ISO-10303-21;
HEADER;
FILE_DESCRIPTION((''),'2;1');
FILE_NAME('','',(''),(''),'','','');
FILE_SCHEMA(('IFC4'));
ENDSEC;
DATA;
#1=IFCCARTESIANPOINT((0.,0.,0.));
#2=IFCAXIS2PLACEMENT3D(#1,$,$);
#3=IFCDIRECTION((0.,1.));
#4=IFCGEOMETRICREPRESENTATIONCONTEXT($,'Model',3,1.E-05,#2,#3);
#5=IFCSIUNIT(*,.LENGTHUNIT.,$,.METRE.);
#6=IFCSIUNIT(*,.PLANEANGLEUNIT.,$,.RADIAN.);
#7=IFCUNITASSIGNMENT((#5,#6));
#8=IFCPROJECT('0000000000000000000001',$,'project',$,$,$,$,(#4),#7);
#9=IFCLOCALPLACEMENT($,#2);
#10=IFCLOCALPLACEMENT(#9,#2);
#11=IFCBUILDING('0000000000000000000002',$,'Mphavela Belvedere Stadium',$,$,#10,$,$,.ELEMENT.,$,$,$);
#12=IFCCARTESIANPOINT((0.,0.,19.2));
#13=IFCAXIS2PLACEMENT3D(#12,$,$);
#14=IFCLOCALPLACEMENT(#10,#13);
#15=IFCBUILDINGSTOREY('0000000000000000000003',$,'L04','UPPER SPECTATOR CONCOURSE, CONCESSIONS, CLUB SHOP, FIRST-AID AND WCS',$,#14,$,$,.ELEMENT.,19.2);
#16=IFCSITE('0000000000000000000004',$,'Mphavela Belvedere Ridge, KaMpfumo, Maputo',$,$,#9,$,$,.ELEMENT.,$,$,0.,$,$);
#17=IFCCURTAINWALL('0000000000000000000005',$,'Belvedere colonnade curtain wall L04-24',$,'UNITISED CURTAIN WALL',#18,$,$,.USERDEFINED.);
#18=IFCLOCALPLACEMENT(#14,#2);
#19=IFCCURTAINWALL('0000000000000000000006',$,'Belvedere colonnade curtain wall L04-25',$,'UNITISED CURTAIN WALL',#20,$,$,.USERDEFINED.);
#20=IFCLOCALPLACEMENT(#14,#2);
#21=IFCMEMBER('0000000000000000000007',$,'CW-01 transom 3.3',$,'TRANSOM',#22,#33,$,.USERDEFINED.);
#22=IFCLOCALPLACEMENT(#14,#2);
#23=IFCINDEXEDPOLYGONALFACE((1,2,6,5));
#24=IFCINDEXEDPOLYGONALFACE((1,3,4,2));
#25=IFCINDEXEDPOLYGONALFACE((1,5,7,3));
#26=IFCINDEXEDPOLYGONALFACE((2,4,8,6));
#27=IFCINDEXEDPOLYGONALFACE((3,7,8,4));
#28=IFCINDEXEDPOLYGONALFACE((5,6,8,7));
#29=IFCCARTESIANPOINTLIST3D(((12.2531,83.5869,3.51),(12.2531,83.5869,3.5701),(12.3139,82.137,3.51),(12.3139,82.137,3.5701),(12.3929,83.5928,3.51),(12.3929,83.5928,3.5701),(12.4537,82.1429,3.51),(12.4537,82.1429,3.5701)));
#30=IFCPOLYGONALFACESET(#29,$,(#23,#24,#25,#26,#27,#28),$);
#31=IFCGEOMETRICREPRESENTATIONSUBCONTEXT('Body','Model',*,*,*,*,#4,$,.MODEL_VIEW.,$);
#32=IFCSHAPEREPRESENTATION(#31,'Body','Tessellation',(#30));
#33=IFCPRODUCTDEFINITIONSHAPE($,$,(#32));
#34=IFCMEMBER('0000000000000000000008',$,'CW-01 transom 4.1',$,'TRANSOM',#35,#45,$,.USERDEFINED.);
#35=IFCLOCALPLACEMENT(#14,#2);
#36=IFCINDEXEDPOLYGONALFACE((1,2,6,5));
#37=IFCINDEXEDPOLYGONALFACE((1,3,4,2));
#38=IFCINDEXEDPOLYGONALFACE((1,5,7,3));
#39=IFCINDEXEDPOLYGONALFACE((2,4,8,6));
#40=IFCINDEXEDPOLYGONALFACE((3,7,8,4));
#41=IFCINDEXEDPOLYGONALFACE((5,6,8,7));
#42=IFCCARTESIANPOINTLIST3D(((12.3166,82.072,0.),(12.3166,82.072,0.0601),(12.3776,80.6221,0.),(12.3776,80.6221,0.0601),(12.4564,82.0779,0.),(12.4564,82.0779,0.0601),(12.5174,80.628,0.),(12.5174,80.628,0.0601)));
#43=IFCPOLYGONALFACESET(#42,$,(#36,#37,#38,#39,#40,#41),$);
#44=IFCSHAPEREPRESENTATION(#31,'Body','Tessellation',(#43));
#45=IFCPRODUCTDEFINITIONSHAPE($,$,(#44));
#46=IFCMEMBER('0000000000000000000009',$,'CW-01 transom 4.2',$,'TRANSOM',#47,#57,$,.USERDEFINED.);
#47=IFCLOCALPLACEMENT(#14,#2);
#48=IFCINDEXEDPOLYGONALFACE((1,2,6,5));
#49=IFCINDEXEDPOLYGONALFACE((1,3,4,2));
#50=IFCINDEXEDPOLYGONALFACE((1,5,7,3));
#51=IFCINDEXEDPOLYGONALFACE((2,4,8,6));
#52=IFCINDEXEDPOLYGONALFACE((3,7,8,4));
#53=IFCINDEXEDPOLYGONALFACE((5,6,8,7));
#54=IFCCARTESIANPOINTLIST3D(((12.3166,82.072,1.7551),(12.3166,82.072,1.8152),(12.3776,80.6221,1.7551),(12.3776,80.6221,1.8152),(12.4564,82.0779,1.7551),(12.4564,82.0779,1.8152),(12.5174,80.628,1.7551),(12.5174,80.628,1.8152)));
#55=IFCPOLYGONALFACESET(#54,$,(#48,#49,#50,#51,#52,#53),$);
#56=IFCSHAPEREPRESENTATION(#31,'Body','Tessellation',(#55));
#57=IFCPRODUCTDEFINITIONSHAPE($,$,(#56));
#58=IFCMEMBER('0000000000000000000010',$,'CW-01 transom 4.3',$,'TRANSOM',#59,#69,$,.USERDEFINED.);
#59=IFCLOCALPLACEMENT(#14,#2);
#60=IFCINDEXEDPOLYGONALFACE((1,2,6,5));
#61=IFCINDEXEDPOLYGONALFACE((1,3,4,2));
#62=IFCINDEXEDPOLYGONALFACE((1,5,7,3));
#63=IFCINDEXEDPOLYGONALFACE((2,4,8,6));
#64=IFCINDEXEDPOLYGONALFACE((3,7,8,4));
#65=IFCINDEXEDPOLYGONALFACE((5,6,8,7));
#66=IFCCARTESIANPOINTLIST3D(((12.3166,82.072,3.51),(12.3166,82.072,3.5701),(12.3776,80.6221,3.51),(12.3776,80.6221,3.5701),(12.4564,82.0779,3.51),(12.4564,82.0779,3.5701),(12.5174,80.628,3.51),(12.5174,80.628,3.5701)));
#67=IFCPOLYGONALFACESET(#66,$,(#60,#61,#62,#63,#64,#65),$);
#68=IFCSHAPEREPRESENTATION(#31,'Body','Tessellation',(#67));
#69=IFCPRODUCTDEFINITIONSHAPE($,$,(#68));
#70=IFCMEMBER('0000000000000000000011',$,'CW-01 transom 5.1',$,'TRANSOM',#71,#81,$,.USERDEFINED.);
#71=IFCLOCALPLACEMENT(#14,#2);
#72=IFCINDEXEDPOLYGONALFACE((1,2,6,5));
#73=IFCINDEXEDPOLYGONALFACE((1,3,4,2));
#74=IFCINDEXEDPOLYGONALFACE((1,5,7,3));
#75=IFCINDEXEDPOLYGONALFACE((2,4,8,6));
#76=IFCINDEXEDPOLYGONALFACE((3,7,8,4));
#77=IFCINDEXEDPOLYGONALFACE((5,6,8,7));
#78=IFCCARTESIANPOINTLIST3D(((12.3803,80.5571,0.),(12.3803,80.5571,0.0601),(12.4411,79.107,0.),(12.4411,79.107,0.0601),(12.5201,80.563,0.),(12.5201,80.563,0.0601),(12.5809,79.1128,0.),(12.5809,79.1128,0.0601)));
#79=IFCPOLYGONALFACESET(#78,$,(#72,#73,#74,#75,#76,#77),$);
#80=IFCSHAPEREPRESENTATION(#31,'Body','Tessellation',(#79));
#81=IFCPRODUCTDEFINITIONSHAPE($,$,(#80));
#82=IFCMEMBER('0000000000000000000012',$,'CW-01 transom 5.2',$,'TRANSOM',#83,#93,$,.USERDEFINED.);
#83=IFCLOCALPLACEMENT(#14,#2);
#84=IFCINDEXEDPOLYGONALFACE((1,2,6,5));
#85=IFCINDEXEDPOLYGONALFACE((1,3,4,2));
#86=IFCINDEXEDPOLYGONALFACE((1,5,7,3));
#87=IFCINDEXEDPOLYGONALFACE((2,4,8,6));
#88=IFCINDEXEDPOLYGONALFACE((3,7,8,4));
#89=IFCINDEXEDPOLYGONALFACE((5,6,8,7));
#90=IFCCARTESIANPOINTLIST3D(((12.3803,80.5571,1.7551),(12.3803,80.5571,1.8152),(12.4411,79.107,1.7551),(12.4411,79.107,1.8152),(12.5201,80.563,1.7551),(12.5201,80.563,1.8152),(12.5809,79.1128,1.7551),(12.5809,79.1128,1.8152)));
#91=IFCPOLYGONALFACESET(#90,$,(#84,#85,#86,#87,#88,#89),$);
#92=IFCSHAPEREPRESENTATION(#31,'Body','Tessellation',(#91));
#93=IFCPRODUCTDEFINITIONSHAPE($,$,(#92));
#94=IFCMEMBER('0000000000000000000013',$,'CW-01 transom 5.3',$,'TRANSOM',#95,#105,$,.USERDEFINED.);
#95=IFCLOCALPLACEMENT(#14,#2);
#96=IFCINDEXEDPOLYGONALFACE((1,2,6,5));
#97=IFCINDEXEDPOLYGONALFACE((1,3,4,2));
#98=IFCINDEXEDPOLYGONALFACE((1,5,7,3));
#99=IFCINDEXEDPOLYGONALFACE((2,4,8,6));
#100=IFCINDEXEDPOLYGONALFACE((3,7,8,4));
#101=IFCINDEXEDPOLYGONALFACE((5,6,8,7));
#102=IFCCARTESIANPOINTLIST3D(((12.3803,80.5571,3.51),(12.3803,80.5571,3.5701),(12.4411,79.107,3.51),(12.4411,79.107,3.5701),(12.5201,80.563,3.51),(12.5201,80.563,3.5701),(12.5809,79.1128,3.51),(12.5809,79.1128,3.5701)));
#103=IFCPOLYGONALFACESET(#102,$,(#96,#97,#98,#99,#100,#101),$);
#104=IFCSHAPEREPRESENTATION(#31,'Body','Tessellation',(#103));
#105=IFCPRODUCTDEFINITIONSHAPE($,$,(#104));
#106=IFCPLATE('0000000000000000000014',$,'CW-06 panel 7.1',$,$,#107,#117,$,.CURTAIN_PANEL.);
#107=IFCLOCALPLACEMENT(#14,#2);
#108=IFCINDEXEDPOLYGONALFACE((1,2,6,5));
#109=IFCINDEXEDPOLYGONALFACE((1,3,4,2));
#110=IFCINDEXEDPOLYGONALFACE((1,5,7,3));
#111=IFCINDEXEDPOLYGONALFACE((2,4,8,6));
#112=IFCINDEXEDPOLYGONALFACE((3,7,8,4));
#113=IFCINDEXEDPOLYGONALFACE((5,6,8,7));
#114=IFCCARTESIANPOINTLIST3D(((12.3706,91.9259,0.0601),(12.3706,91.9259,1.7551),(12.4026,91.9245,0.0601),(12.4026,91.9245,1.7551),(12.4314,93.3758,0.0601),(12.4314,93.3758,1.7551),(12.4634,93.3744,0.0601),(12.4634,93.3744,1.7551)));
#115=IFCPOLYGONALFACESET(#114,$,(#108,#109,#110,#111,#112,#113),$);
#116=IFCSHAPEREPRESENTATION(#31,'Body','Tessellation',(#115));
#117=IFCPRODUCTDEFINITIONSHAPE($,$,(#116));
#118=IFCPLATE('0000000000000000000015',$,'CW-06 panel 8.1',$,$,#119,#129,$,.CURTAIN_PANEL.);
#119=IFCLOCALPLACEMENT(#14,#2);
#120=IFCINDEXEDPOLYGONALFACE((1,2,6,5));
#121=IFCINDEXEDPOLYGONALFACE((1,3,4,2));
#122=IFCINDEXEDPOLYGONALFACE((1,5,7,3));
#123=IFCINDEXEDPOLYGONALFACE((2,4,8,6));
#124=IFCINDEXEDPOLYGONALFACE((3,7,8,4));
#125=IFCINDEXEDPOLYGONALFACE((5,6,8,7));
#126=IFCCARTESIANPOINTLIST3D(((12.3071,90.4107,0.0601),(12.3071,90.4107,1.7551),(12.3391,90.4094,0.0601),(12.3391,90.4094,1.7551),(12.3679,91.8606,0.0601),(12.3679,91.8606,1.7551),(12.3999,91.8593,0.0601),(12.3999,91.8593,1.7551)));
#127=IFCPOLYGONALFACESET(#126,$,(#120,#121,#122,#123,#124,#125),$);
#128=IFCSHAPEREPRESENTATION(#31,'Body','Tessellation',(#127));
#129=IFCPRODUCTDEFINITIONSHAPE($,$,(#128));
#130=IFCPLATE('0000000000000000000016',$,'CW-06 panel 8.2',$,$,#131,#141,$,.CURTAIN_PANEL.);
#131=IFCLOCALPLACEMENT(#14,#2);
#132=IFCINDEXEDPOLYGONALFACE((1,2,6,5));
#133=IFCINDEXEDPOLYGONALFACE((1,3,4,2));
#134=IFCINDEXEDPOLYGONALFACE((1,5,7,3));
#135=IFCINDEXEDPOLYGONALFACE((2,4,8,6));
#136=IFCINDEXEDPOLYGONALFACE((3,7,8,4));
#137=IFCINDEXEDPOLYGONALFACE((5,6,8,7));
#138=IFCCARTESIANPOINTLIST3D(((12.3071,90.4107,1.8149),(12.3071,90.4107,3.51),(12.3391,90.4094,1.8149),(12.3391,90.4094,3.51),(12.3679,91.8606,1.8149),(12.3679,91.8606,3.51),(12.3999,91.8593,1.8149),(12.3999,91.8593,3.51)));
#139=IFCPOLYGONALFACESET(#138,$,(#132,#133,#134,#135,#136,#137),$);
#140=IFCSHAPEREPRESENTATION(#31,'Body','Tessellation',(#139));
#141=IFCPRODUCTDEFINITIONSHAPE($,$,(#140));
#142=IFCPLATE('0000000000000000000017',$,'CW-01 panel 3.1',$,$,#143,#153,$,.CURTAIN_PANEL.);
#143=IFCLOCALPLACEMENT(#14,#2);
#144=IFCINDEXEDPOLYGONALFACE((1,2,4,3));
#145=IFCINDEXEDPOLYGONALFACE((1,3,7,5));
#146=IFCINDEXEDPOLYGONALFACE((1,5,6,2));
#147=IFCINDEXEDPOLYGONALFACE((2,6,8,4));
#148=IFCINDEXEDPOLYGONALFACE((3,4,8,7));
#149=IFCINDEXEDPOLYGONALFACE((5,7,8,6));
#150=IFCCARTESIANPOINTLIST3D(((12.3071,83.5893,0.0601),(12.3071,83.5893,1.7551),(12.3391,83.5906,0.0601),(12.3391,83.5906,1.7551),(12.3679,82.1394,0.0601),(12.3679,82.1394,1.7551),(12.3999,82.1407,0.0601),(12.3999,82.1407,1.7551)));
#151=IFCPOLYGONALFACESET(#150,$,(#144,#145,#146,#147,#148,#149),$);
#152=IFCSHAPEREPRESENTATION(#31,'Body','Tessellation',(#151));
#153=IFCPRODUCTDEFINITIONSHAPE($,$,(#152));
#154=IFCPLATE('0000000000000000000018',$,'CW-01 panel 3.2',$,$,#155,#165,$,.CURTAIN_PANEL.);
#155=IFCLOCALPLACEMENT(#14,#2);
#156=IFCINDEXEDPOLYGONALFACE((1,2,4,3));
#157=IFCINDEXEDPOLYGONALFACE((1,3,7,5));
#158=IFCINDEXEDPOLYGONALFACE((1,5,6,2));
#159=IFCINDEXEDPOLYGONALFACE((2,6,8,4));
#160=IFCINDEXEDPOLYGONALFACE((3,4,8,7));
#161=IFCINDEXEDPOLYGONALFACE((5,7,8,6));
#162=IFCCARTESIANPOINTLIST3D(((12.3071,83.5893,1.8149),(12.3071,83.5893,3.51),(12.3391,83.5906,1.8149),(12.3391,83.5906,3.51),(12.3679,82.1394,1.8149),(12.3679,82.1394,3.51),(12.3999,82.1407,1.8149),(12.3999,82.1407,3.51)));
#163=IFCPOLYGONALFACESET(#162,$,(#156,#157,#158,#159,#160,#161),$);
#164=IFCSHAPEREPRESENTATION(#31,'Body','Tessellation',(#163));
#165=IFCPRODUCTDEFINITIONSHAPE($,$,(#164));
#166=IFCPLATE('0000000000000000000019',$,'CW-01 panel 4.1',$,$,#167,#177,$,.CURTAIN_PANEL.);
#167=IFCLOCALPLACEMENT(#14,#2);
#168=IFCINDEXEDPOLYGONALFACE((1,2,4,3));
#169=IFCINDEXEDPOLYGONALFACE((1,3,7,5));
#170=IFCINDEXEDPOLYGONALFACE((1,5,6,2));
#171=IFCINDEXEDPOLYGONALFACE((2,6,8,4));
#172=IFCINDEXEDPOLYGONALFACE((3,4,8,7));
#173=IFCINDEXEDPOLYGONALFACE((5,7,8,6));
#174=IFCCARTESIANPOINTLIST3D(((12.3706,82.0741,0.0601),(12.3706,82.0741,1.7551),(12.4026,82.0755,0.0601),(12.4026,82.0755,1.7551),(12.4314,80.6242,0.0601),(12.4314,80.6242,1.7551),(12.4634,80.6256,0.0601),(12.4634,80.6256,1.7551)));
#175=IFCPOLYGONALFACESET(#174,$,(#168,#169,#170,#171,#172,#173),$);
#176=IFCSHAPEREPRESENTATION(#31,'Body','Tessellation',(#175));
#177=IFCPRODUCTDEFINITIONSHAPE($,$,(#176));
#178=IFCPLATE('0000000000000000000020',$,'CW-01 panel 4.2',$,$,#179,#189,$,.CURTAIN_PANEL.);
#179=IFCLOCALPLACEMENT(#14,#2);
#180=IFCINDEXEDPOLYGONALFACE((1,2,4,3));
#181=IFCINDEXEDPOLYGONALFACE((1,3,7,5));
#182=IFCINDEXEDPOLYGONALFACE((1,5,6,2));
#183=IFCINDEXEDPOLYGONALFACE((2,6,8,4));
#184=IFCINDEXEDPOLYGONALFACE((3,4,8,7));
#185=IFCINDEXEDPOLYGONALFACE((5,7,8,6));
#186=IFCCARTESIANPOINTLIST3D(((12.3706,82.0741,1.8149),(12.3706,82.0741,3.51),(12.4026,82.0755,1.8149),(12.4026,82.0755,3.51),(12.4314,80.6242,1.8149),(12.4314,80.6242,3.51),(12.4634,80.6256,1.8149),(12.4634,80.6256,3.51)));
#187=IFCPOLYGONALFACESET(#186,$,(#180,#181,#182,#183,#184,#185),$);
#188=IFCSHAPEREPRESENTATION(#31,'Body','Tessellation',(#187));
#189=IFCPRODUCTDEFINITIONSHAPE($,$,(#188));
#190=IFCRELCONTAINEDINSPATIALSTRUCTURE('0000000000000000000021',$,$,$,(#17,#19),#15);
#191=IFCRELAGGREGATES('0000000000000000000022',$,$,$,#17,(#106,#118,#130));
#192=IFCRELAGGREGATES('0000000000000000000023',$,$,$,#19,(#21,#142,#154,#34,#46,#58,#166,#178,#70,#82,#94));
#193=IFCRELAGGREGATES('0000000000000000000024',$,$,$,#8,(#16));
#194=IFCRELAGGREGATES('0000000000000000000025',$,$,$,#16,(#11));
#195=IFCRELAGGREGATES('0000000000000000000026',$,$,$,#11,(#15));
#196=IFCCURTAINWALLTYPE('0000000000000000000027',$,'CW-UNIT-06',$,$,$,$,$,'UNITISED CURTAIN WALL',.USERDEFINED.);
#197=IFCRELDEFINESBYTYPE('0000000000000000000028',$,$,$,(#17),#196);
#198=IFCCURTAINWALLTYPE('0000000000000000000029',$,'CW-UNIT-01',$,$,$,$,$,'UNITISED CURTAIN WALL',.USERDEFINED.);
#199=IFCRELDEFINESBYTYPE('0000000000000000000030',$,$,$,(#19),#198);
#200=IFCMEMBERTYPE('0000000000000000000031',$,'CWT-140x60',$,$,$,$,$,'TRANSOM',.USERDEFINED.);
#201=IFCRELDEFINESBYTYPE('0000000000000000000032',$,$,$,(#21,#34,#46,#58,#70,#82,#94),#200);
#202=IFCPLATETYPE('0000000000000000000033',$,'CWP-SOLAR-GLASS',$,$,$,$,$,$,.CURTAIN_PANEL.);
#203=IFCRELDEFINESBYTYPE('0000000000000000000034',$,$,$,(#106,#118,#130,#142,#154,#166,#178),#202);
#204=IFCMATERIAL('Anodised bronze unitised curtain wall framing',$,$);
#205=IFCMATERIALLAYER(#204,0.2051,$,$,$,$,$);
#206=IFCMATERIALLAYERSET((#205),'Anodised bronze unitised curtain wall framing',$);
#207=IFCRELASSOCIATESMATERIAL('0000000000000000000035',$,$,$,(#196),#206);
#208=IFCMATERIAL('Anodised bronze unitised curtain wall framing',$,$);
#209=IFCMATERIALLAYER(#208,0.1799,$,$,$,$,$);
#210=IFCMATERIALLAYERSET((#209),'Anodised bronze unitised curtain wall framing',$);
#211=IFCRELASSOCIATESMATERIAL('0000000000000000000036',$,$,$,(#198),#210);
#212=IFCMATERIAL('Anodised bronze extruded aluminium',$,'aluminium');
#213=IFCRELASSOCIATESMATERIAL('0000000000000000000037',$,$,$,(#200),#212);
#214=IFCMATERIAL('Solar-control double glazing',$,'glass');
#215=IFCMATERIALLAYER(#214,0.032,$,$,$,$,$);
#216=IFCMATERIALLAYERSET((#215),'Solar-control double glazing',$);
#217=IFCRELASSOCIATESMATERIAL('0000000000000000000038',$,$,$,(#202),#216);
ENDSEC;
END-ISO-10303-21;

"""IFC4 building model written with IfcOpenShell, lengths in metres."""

from ifc_helpers import new_model, si_unit, direction, frame, origin, origin_2d, place, context, subcontext, project, spatial, rectangle, extrude, material, layer, layer_set, material_profile, profile_set, type_object, element, aggregate, save


model = new_model("IFC4")

# Units and contexts
model_context = context("Model", 3, precision=1e-05, world=origin(), true_north=direction((0.0, 1.0)))
body_context = subcontext(model_context, "Body", "Model", "MODEL_VIEW")
ifc_project = project(units=[si_unit("LENGTHUNIT", "METRE"), si_unit("PLANEANGLEUNIT", "RADIAN")], contexts=[model_context])

# Site, building, storey
site_placement = place(None, origin())
site = spatial("IfcSite", under=ifc_project, at=site_placement, Name="Mphavela Belvedere Ridge, KaMpfumo, Maputo", CompositionType="ELEMENT", RefElevation=0.0)
building_placement = place(site_placement, origin())
building = spatial("IfcBuilding", under=site, at=building_placement, Name="Mphavela Belvedere Stadium", CompositionType="ELEMENT")
storey_placement = place(building_placement, frame((0.0, 0.0, 19.2)))
storey = spatial("IfcBuildingStorey", under=building, at=storey_placement, Name="L04", Description="UPPER SPECTATOR CONCOURSE, CONCESSIONS, CLUB SHOP, FIRST-AID AND WCS", CompositionType="ELEMENT", Elevation=19.2)

# Curtain walls
ifc_material_1 = material(Name="Anodised bronze unitised curtain wall framing")
ifc_layer_1 = layer(ifc_material_1, 0.2051)
ifc_layer_set_1 = layer_set([ifc_layer_1], Name="Anodised bronze unitised curtain wall framing")
curtain_wall_type_1 = type_object("IfcCurtainWallType", Name="CW-UNIT-06", ElementType="UNITISED CURTAIN WALL", PredefinedType="USERDEFINED", material=ifc_layer_set_1)
curtain_wall_1_placement = place(storey_placement, origin())
curtain_wall_1 = element("IfcCurtainWall", 1, at=curtain_wall_1_placement, inside=storey, type_object=curtain_wall_type_1, Name="Belvedere colonnade curtain wall L04-24", ObjectType="UNITISED CURTAIN WALL", PredefinedType="USERDEFINED")
ifc_material_2 = material(Name="Anodised bronze unitised curtain wall framing")
ifc_layer_2 = layer(ifc_material_2, 0.1799)
ifc_layer_set_2 = layer_set([ifc_layer_2], Name="Anodised bronze unitised curtain wall framing")
curtain_wall_type_2 = type_object("IfcCurtainWallType", Name="CW-UNIT-01", ElementType="UNITISED CURTAIN WALL", PredefinedType="USERDEFINED", material=ifc_layer_set_2)
curtain_wall_2_placement = place(storey_placement, origin())
curtain_wall_2 = element("IfcCurtainWall", 2, at=curtain_wall_2_placement, inside=storey, type_object=curtain_wall_type_2, Name="Belvedere colonnade curtain wall L04-25", ObjectType="UNITISED CURTAIN WALL", PredefinedType="USERDEFINED")

# Members
ifc_material_3 = material(Name="Anodised bronze extruded aluminium", Category="aluminium")
ifc_material_profile_1 = material_profile(ifc_material_3, rectangle(XDim=0.1399, YDim=0.0601, at=origin_2d()), Name="CW-TRN 140x60")
ifc_profile_set_1 = profile_set([ifc_material_profile_1], Name="Anodised bronze extruded aluminium")
member_type_1 = type_object("IfcMemberType", Name="CWT-140x60", ElementType="TRANSOM", PredefinedType="USERDEFINED", material=ifc_profile_set_1)
member_1_placement = place(storey_placement, frame((12.323, 83.5898, 3.54), z_axis=(0.041889, -0.999122, 0.0), x_axis=(0.999122, 0.041889, 0.0)))
member_1 = element("IfcMember", 3, at=member_1_placement, type_object=member_type_1, Name="CW-01 transom 3.3", ObjectType="TRANSOM", PredefinedType="USERDEFINED", context=body_context, shape_type="SweptSolid", body=[
    extrude(rectangle(XDim=0.1399, YDim=0.0601, at=origin_2d()), origin(), (0.0, 0.0, 1.0), 1.4512),
])
member_2_placement = place(storey_placement, frame((12.3865, 82.075, 0.03), z_axis=(0.042057, -0.999115, 0.0), x_axis=(0.999115, 0.042057, 0.0)))
member_2 = element("IfcMember", 4, at=member_2_placement, type_object=member_type_1, Name="CW-01 transom 4.1", ObjectType="TRANSOM", PredefinedType="USERDEFINED", context=body_context, shape_type="SweptSolid", body=[
    extrude(rectangle(XDim=0.1399, YDim=0.0601, at=origin_2d()), origin(), (0.0, 0.0, 1.0), 1.4512),
])
member_3_placement = place(storey_placement, frame((12.3865, 82.075, 1.7852), z_axis=(0.042057, -0.999115, 0.0), x_axis=(0.999115, 0.042057, 0.0)))
member_3 = element("IfcMember", 5, at=member_3_placement, type_object=member_type_1, Name="CW-01 transom 4.2", ObjectType="TRANSOM", PredefinedType="USERDEFINED", context=body_context, shape_type="SweptSolid", body=[
    extrude(rectangle(XDim=0.1399, YDim=0.0601, at=origin_2d()), origin(), (0.0, 0.0, 1.0), 1.4512),
])
member_4_placement = place(storey_placement, frame((12.3865, 82.075, 3.54), z_axis=(0.042057, -0.999115, 0.0), x_axis=(0.999115, 0.042057, 0.0)))
member_4 = element("IfcMember", 6, at=member_4_placement, type_object=member_type_1, Name="CW-01 transom 4.3", ObjectType="TRANSOM", PredefinedType="USERDEFINED", context=body_context, shape_type="SweptSolid", body=[
    extrude(rectangle(XDim=0.1399, YDim=0.0601, at=origin_2d()), origin(), (0.0, 0.0, 1.0), 1.4512),
])
member_5_placement = place(storey_placement, frame((12.4502, 80.5601, 0.03), z_axis=(0.041882, -0.999123, 0.0), x_axis=(0.999123, 0.041882, 0.0)))
member_5 = element("IfcMember", 7, at=member_5_placement, type_object=member_type_1, Name="CW-01 transom 5.1", ObjectType="TRANSOM", PredefinedType="USERDEFINED", context=body_context, shape_type="SweptSolid", body=[
    extrude(rectangle(XDim=0.1399, YDim=0.0601, at=origin_2d()), origin(), (0.0, 0.0, 1.0), 1.4514),
])
member_6_placement = place(storey_placement, frame((12.4502, 80.5601, 1.7852), z_axis=(0.041882, -0.999123, 0.0), x_axis=(0.999123, 0.041882, 0.0)))
member_6 = element("IfcMember", 8, at=member_6_placement, type_object=member_type_1, Name="CW-01 transom 5.2", ObjectType="TRANSOM", PredefinedType="USERDEFINED", context=body_context, shape_type="SweptSolid", body=[
    extrude(rectangle(XDim=0.1399, YDim=0.0601, at=origin_2d()), origin(), (0.0, 0.0, 1.0), 1.4514),
])
member_7_placement = place(storey_placement, frame((12.4502, 80.5601, 3.54), z_axis=(0.041882, -0.999123, 0.0), x_axis=(0.999123, 0.041882, 0.0)))
member_7 = element("IfcMember", 9, at=member_7_placement, type_object=member_type_1, Name="CW-01 transom 5.3", ObjectType="TRANSOM", PredefinedType="USERDEFINED", context=body_context, shape_type="SweptSolid", body=[
    extrude(rectangle(XDim=0.1399, YDim=0.0601, at=origin_2d()), origin(), (0.0, 0.0, 1.0), 1.4514),
])

# Plates
ifc_material_4 = material(Name="Solar-control double glazing", Category="glass")
ifc_layer_3 = layer(ifc_material_4, 0.032)
ifc_layer_set_3 = layer_set([ifc_layer_3], Name="Solar-control double glazing")
plate_type = type_object("IfcPlateType", Name="CWP-SOLAR-GLASS", PredefinedType="CURTAIN_PANEL", material=ifc_layer_set_3)
plate_1_placement = place(storey_placement, frame((12.417, 92.6501, 0.0601), z_axis=(0.0, 0.0, 1.0), x_axis=(-0.041905, -0.999122, 0.0)))
plate_1 = element("IfcPlate", 10, at=plate_1_placement, type_object=plate_type, Name="CW-06 panel 7.1", PredefinedType="CURTAIN_PANEL", context=body_context, shape_type="SweptSolid", body=[
    extrude(rectangle(XDim=1.4512, YDim=0.032, at=origin_2d()), origin(), (0.0, 0.0, 1.0), 1.6951),
])
plate_2_placement = place(storey_placement, frame((12.3535, 91.135, 0.0601), z_axis=(0.0, 0.0, 1.0), x_axis=(-0.041905, -0.999122, 0.0)))
plate_2 = element("IfcPlate", 11, at=plate_2_placement, type_object=plate_type, Name="CW-06 panel 8.1", PredefinedType="CURTAIN_PANEL", context=body_context, shape_type="SweptSolid", body=[
    extrude(rectangle(XDim=1.4512, YDim=0.032, at=origin_2d()), origin(), (0.0, 0.0, 1.0), 1.6951),
])
plate_3_placement = place(storey_placement, frame((12.3535, 91.135, 1.8149), z_axis=(0.0, 0.0, 1.0), x_axis=(-0.041905, -0.999122, 0.0)))
plate_3 = element("IfcPlate", 12, at=plate_3_placement, type_object=plate_type, Name="CW-06 panel 8.2", PredefinedType="CURTAIN_PANEL", context=body_context, shape_type="SweptSolid", body=[
    extrude(rectangle(XDim=1.4512, YDim=0.032, at=origin_2d()), origin(), (0.0, 0.0, 1.0), 1.6951),
])
aggregate(curtain_wall_1, [plate_1, plate_2, plate_3])
plate_4_placement = place(storey_placement, frame((12.3535, 82.865, 0.0601), z_axis=(0.0, 0.0, 1.0), x_axis=(0.041905, -0.999122, 0.0)))
plate_4 = element("IfcPlate", 13, at=plate_4_placement, type_object=plate_type, Name="CW-01 panel 3.1", PredefinedType="CURTAIN_PANEL", context=body_context, shape_type="SweptSolid", body=[
    extrude(rectangle(XDim=1.4512, YDim=0.032, at=origin_2d()), origin(), (0.0, 0.0, 1.0), 1.6951),
])
plate_5_placement = place(storey_placement, frame((12.3535, 82.865, 1.8149), z_axis=(0.0, 0.0, 1.0), x_axis=(0.041905, -0.999122, 0.0)))
plate_5 = element("IfcPlate", 14, at=plate_5_placement, type_object=plate_type, Name="CW-01 panel 3.2", PredefinedType="CURTAIN_PANEL", context=body_context, shape_type="SweptSolid", body=[
    extrude(rectangle(XDim=1.4512, YDim=0.032, at=origin_2d()), origin(), (0.0, 0.0, 1.0), 1.6951),
])
plate_6_placement = place(storey_placement, frame((12.417, 81.3499, 0.0601), z_axis=(0.0, 0.0, 1.0), x_axis=(0.041905, -0.999122, 0.0)))
plate_6 = element("IfcPlate", 15, at=plate_6_placement, type_object=plate_type, Name="CW-01 panel 4.1", PredefinedType="CURTAIN_PANEL", context=body_context, shape_type="SweptSolid", body=[
    extrude(rectangle(XDim=1.4512, YDim=0.032, at=origin_2d()), origin(), (0.0, 0.0, 1.0), 1.6951),
])
plate_7_placement = place(storey_placement, frame((12.417, 81.3499, 1.8149), z_axis=(0.0, 0.0, 1.0), x_axis=(0.041905, -0.999122, 0.0)))
plate_7 = element("IfcPlate", 16, at=plate_7_placement, type_object=plate_type, Name="CW-01 panel 4.2", PredefinedType="CURTAIN_PANEL", context=body_context, shape_type="SweptSolid", body=[
    extrude(rectangle(XDim=1.4512, YDim=0.032, at=origin_2d()), origin(), (0.0, 0.0, 1.0), 1.6951),
])
aggregate(curtain_wall_2, [member_1, plate_4, plate_5, member_2, member_3, member_4, plate_6, plate_7, member_5, member_6, member_7])

save(model, "model.ifc")
